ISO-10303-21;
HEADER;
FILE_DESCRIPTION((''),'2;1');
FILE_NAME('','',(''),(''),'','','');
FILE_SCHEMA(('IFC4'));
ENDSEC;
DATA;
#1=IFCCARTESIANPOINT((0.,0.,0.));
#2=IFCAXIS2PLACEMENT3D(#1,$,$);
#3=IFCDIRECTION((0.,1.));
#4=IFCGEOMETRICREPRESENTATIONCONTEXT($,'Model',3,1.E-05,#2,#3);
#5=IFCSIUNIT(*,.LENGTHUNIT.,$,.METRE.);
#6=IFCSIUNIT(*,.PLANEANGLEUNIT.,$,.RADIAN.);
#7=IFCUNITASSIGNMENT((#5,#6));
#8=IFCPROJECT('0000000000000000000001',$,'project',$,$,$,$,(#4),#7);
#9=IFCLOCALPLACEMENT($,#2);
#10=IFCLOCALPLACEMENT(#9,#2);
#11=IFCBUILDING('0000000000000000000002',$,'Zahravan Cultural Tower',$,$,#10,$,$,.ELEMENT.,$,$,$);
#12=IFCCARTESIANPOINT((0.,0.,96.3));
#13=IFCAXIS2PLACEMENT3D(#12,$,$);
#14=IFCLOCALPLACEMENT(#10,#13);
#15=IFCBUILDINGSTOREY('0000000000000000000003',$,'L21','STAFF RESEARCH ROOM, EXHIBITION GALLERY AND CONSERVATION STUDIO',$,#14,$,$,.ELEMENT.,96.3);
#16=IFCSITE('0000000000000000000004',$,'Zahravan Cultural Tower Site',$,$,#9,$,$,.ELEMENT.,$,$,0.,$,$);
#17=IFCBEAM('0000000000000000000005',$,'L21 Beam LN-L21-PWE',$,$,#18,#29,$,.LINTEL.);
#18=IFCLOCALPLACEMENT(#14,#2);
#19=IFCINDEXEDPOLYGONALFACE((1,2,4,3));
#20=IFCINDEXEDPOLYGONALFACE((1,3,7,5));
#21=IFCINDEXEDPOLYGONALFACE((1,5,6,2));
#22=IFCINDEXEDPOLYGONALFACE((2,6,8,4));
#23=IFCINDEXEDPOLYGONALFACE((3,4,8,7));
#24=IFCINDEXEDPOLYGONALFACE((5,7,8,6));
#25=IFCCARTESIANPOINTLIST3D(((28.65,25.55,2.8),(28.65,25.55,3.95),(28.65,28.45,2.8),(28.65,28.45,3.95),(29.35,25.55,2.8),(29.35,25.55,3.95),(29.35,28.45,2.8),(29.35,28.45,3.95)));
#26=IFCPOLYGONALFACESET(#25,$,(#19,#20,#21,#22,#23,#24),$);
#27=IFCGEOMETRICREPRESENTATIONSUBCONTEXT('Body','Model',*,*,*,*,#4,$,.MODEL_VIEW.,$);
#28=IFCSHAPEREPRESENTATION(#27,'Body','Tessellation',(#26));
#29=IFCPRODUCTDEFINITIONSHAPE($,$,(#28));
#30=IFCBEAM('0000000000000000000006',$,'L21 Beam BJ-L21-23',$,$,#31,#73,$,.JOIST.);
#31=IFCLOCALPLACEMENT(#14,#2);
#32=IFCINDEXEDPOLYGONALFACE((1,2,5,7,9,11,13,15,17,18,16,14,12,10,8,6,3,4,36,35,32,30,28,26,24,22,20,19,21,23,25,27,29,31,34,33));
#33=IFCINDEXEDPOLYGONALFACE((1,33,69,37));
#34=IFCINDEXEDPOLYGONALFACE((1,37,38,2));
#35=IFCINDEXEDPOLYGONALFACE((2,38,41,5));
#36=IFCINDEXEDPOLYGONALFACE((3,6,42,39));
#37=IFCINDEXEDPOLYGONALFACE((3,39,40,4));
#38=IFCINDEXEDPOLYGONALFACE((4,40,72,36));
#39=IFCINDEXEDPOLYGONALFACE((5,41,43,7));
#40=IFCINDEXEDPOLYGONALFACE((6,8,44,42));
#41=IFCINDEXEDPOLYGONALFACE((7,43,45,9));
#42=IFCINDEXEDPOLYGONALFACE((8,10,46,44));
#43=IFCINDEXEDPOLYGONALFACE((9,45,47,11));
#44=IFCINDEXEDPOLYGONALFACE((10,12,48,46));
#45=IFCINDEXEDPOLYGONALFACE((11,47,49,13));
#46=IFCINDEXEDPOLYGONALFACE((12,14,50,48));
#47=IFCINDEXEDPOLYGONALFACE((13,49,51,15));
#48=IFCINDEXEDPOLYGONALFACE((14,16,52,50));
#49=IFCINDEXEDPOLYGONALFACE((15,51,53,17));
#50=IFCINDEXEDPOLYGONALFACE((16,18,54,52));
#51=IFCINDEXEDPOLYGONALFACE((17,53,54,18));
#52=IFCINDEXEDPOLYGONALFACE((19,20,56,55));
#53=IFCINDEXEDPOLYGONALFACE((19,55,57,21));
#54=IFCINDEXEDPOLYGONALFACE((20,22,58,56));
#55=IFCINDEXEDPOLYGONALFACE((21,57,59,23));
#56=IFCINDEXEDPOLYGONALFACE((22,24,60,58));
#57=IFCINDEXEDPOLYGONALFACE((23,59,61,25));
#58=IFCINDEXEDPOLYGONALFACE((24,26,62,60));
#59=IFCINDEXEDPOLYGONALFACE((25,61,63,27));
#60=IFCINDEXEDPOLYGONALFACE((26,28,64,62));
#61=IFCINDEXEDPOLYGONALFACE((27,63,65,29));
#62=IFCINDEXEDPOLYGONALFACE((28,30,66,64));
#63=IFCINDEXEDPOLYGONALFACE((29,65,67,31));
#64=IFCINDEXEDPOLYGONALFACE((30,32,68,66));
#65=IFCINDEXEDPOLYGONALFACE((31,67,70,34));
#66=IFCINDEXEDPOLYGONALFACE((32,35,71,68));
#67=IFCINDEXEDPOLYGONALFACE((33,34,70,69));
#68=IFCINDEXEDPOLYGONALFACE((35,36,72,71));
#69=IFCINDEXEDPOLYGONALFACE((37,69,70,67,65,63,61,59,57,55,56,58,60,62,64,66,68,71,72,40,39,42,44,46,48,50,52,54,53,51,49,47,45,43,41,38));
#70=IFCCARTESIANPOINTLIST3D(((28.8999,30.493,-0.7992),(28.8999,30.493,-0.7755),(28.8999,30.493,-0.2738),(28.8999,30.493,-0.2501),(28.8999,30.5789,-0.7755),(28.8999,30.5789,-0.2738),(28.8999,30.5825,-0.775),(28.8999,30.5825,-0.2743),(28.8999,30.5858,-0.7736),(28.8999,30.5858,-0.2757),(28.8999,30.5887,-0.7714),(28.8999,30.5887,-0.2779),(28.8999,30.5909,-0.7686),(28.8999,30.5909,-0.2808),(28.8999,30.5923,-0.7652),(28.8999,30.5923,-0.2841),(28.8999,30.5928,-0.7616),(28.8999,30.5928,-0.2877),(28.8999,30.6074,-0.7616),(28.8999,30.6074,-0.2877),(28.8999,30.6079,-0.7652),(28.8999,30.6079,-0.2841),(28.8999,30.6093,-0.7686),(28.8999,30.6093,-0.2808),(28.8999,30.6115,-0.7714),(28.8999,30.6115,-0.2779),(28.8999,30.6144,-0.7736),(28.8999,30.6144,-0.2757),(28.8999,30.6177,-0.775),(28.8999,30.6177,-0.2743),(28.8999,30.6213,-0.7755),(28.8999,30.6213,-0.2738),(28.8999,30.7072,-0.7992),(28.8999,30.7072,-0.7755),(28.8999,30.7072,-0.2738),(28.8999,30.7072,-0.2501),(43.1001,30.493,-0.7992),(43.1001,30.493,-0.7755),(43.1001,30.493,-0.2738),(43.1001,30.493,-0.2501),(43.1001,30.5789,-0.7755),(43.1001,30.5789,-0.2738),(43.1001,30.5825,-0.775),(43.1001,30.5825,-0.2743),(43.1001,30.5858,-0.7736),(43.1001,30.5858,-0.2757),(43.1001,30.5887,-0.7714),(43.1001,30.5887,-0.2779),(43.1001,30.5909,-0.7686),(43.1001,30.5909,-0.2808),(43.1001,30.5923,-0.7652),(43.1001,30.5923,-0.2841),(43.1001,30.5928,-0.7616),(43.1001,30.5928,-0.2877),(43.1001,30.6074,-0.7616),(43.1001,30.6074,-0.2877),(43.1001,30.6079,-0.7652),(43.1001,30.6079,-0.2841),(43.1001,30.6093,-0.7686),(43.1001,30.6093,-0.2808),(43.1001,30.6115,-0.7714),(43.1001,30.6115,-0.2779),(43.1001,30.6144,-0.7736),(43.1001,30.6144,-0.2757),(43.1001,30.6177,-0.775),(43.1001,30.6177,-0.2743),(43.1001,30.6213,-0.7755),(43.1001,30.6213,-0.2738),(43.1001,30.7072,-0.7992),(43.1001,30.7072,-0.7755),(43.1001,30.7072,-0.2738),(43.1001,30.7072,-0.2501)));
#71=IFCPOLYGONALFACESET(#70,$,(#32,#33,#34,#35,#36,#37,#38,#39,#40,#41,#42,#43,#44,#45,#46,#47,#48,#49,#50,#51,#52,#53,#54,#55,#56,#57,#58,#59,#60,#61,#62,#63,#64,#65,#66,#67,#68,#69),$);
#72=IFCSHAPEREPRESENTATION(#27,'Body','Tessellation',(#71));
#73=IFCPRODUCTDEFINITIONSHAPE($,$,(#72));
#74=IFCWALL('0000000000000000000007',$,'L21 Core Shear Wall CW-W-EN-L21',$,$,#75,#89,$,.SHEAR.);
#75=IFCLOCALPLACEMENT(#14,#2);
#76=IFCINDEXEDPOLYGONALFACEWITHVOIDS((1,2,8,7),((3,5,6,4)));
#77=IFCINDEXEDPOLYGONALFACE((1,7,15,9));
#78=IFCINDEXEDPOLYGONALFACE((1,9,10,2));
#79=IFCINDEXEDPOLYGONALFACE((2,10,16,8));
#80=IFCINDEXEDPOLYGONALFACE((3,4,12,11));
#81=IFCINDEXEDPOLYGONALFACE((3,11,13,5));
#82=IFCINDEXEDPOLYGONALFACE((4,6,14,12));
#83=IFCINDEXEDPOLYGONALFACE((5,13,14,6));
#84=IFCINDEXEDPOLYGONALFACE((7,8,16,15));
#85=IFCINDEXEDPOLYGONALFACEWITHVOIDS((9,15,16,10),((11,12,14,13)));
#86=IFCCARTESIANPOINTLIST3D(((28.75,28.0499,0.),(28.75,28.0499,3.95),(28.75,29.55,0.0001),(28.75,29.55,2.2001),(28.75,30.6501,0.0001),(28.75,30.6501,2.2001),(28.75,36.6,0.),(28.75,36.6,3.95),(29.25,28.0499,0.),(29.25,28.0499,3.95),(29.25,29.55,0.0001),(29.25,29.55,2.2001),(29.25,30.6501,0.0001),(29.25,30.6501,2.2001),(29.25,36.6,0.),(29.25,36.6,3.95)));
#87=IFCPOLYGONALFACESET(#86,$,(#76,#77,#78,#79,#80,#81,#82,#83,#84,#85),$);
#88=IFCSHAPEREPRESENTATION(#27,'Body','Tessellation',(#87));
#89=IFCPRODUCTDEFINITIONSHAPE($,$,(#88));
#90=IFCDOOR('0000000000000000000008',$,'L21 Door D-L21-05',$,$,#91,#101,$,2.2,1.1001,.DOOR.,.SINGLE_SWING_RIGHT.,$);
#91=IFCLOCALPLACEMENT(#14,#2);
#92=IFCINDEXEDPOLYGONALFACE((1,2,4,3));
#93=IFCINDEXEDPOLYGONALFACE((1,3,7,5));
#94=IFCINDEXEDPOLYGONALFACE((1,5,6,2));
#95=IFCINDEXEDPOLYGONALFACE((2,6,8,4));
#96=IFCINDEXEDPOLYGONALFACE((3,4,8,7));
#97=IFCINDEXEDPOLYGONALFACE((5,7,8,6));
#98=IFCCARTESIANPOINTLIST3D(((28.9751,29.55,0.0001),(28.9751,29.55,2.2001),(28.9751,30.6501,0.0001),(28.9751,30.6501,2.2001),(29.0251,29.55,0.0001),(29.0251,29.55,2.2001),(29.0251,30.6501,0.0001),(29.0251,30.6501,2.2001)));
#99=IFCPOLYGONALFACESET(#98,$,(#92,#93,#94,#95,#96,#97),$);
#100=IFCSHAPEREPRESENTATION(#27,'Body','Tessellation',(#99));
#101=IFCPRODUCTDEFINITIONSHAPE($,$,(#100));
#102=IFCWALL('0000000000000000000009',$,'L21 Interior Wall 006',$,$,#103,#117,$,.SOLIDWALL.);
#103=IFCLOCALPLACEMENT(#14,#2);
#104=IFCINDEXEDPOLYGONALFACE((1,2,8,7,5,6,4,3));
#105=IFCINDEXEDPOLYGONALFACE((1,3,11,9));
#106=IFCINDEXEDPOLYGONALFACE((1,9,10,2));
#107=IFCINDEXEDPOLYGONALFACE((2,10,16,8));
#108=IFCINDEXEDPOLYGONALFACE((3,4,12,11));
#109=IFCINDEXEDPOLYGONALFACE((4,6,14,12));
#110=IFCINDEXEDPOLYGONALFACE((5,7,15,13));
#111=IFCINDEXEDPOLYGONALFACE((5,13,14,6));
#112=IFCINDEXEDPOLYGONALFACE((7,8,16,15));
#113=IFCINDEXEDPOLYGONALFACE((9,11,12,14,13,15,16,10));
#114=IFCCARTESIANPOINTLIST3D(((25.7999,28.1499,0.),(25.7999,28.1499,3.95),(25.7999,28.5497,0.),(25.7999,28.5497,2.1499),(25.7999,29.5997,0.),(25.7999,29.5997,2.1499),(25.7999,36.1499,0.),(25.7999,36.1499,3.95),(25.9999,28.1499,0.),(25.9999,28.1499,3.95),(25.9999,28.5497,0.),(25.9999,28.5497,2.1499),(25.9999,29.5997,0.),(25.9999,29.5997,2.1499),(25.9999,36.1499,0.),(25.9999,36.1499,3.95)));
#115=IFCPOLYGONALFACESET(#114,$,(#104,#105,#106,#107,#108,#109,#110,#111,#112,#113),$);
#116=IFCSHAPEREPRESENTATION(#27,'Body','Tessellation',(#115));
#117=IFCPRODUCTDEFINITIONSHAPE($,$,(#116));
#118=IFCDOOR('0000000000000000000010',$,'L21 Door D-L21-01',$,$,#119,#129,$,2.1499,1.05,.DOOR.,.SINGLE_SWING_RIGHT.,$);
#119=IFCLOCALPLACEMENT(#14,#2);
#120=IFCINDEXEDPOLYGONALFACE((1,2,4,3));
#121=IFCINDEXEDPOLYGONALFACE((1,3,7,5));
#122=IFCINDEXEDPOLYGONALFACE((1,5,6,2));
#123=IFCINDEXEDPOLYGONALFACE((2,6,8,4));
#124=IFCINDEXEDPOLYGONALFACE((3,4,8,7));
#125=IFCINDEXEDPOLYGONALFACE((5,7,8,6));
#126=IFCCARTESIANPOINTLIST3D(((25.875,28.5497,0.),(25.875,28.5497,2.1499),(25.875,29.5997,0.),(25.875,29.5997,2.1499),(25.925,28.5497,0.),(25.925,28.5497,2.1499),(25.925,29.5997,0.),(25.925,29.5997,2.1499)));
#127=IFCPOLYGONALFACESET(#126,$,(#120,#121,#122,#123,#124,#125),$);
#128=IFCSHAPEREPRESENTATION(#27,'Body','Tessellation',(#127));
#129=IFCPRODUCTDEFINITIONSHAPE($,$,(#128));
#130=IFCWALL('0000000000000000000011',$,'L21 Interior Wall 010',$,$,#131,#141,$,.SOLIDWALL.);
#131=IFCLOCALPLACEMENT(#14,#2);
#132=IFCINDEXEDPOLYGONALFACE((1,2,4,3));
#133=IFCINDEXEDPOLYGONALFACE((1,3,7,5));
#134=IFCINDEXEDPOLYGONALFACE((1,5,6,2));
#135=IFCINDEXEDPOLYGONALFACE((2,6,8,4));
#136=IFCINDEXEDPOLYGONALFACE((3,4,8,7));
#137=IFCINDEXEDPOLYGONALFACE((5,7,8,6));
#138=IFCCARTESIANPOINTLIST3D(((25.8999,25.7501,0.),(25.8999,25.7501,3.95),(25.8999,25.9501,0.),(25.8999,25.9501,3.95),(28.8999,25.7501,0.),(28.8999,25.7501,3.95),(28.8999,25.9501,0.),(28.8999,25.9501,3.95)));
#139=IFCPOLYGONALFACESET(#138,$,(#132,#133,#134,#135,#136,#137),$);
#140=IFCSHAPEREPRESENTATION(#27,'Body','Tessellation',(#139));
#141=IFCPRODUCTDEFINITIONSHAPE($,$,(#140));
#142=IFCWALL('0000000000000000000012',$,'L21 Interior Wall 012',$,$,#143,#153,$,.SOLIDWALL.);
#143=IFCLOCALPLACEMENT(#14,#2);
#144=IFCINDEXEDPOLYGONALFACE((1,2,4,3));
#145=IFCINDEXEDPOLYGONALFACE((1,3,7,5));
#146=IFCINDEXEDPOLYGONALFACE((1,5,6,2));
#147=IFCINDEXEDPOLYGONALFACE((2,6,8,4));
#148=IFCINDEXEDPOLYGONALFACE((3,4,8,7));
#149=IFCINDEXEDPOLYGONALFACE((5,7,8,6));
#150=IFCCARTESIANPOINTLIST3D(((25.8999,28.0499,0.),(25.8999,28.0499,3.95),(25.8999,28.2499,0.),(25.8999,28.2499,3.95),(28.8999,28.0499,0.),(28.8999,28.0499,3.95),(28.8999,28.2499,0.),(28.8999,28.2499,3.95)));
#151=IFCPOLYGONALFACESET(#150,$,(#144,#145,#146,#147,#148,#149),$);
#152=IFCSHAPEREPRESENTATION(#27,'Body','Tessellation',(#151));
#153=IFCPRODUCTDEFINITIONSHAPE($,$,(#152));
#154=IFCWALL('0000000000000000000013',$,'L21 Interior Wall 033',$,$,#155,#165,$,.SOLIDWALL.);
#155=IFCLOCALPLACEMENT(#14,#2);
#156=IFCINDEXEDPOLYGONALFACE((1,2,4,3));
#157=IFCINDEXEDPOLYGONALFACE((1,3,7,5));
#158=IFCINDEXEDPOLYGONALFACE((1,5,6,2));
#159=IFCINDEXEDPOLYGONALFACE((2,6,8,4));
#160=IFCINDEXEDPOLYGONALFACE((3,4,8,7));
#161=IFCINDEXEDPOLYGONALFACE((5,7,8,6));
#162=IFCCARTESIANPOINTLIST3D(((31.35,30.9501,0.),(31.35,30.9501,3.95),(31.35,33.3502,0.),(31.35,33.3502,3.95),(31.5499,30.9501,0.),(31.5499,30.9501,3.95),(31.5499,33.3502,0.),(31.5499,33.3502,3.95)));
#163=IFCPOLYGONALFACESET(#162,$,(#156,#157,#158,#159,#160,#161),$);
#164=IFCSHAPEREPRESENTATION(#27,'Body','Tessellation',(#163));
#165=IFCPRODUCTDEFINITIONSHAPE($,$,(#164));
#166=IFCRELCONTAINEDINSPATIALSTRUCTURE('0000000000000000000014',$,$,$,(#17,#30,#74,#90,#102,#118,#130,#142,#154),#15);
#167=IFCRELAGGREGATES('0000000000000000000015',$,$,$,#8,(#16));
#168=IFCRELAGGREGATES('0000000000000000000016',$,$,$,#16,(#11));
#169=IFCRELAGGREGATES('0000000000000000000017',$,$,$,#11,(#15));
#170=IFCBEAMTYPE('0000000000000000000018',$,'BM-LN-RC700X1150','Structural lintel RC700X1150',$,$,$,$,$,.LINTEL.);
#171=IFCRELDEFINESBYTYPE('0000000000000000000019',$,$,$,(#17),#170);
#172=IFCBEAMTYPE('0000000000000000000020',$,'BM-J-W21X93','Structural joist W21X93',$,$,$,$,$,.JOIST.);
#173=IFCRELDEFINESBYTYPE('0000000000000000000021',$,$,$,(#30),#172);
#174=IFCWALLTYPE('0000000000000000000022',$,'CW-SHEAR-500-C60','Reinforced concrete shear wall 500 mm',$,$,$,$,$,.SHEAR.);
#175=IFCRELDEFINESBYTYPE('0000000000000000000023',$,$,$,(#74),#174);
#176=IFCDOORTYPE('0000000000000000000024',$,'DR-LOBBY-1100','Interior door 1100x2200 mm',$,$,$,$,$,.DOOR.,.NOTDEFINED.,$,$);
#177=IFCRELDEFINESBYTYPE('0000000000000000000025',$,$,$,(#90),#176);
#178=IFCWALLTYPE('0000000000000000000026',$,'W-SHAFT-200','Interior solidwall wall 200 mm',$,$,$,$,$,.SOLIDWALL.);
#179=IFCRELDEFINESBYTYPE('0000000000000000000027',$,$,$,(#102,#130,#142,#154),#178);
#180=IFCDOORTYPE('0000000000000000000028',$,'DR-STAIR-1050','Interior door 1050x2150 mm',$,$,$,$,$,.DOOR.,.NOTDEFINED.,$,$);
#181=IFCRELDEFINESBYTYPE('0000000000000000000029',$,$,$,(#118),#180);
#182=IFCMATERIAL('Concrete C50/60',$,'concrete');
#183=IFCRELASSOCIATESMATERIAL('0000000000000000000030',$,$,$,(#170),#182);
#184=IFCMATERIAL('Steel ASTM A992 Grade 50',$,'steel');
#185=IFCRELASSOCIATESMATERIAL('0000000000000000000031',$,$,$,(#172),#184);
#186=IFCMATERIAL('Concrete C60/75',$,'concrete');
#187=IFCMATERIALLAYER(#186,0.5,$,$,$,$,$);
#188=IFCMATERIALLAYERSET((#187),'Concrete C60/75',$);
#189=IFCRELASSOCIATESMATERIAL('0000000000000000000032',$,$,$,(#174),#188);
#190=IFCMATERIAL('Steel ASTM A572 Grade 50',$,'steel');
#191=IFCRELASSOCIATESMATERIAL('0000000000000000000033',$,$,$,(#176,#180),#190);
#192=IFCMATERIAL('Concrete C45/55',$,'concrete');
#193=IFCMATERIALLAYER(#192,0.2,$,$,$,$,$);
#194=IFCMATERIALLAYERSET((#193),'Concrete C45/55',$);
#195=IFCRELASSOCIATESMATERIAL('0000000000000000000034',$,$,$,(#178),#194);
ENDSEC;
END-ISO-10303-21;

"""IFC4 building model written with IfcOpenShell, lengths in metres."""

from ifc_helpers import new_model, si_unit, direction, frame, frame_2d, origin, origin_2d, place, context, subcontext, project, spatial, rectangle, i_section, extrude, source, transform, mapped, material, layer, layer_set, material_profile, profile_set, type_object, element, fill, save


model = new_model("IFC4")

# Units and contexts
model_context = context("Model", 3, precision=1e-05, world=origin(), true_north=direction((0.0, 1.0)))
body_context = subcontext(model_context, "Body", "Model", "MODEL_VIEW")
ifc_project = project(units=[si_unit("LENGTHUNIT", "METRE"), si_unit("PLANEANGLEUNIT", "RADIAN")], contexts=[model_context])

# Site, building, storey
site_placement = place(None, origin())
site = spatial("IfcSite", under=ifc_project, at=site_placement, Name="Zahravan Cultural Tower Site", CompositionType="ELEMENT", RefElevation=0.0)
building_placement = place(site_placement, origin())
building = spatial("IfcBuilding", under=site, at=building_placement, Name="Zahravan Cultural Tower", CompositionType="ELEMENT")
storey_placement = place(building_placement, frame((0.0, 0.0, 96.3)))
storey = spatial("IfcBuildingStorey", under=building, at=storey_placement, Name="L21", Description="STAFF RESEARCH ROOM, EXHIBITION GALLERY AND CONSERVATION STUDIO", CompositionType="ELEMENT", Elevation=96.3)

# Beams
ifc_material_1 = material(Name="Concrete C50/60", Category="concrete")
ifc_material_profile_1 = material_profile(ifc_material_1, rectangle(XDim=0.7, YDim=1.1499, at=origin_2d()), Name="RC700X1150")
ifc_profile_set_1 = profile_set([ifc_material_profile_1], Name="Concrete C50/60")
beam_type_1 = type_object("IfcBeamType", Name="BM-LN-RC700X1150", Description="Structural lintel RC700X1150", PredefinedType="LINTEL", material=ifc_profile_set_1)
shared_shape_1 = source(origin(), body_context, "Body", "SweptSolid", [
    extrude(rectangle(XDim=0.7, YDim=1.1499, at=origin_2d()), origin(), (0.0, 0.0, 1.0), 2.8999),
])
beam_1_placement = place(storey_placement, frame((29.0, 25.55, 3.375), z_axis=(0.0, 1.0, 0.0), x_axis=(-1.0, 0.0, 0.0)))
element("IfcBeam", 1, at=beam_1_placement, inside=storey, type_object=beam_type_1, Name="L21 Beam LN-L21-PWE", PredefinedType="LINTEL", context=body_context, shape_type="MappedRepresentation", body=[
    mapped(shared_shape_1, transform((0.0, 0.0, 0.0), x_axis=(1.0, 0.0, 0.0), y_axis=(0.0, 1.0, 0.0), z_axis=(0.0, 0.0, 1.0), scale=1.0)),
])
ifc_material_2 = material(Name="Steel ASTM A992 Grade 50", Category="steel")
ifc_material_profile_2 = material_profile(ifc_material_2, i_section(OverallWidth=0.2141, OverallDepth=0.5491, WebThickness=0.0146, FlangeThickness=0.0237, FilletRadius=0.0139, at=origin_2d()), Name="W21X93")
ifc_profile_set_2 = profile_set([ifc_material_profile_2], Name="Steel ASTM A992 Grade 50")
beam_type_2 = type_object("IfcBeamType", Name="BM-J-W21X93", Description="Structural joist W21X93", PredefinedType="JOIST", material=ifc_profile_set_2)
shared_shape_2 = source(origin(), body_context, "Body", "SweptSolid", [
    extrude(i_section(OverallWidth=0.2141, OverallDepth=0.5491, WebThickness=0.0146, FlangeThickness=0.0237, FilletRadius=0.0139, at=origin_2d()), origin(), (0.0, 0.0, 1.0), 14.2002),
])
beam_2_placement = place(storey_placement, frame((28.8999, 30.6001, -0.5247), z_axis=(1.0, 0.0, 0.0), x_axis=(0.0, 1.0, 0.0)))
element("IfcBeam", 2, at=beam_2_placement, inside=storey, type_object=beam_type_2, Name="L21 Beam BJ-L21-23", PredefinedType="JOIST", context=body_context, shape_type="MappedRepresentation", body=[
    mapped(shared_shape_2, transform((0.0, 0.0, 0.0), x_axis=(1.0, 0.0, 0.0), y_axis=(0.0, 1.0, 0.0), z_axis=(0.0, 0.0, 1.0), scale=1.0)),
])

# Walls, openings, doors
ifc_material_3 = material(Name="Concrete C60/75", Category="concrete")
ifc_layer_1 = layer(ifc_material_3, 0.5)
ifc_layer_set_1 = layer_set([ifc_layer_1], Name="Concrete C60/75")
wall_type_1 = type_object("IfcWallType", Name="CW-SHEAR-500-C60", Description="Reinforced concrete shear wall 500 mm", PredefinedType="SHEAR", material=ifc_layer_set_1)
wall_1_placement = place(storey_placement, frame((29.0, 28.05, 0.0), z_axis=(0.0, 0.0, 1.0), x_axis=(0.0, 1.0, 0.0)))
wall_1 = element("IfcWall", 3, at=wall_1_placement, inside=storey, type_object=wall_type_1, Name="L21 Core Shear Wall CW-W-EN-L21", PredefinedType="SHEAR", context=body_context, shape_type="SweptSolid", body=[
    extrude(rectangle(XDim=8.55, YDim=0.5, at=frame_2d((4.2749, 0.0))), origin(), (0.0, 0.0, 1.0), 3.95),
])
opening_1_placement = place(wall_1_placement, frame((1.5, 0.0, 0.0)))
opening_1 = element("IfcOpeningElement", 4, at=opening_1_placement, cuts=wall_1, PredefinedType="OPENING", context=body_context, shape_type="SweptSolid", body=[
    extrude(rectangle(XDim=1.1001, YDim=2.2, at=frame_2d((0.55, 1.1001))), frame((0.0, 0.26, 0.0), z_axis=(0.0, -1.0, 0.0), x_axis=(1.0, 0.0, 0.0)), (0.0, 0.0, 1.0), 0.52),
])
ifc_material_4 = material(Name="Steel ASTM A572 Grade 50", Category="steel")
door_type_1 = type_object("IfcDoorType", Name="DR-LOBBY-1100", Description="Interior door 1100x2200 mm", OperationType="NOTDEFINED", PredefinedType="DOOR", material=ifc_material_4)
shared_shape_3 = source(origin(), body_context, "Body", "SweptSolid", [
    extrude(rectangle(XDim=1.1001, YDim=2.2, at=frame_2d((0.55, 1.1001))), frame((0.0, 0.0249, 0.0), z_axis=(0.0, -1.0, 0.0), x_axis=(1.0, 0.0, 0.0)), (0.0, 0.0, 1.0), 0.05),
])
door_1_placement = place(opening_1_placement, origin())
door_1 = element("IfcDoor", 5, at=door_1_placement, inside=storey, type_object=door_type_1, Name="L21 Door D-L21-05", OperationType="SINGLE_SWING_RIGHT", OverallHeight=2.2, OverallWidth=1.1001, PredefinedType="DOOR", context=body_context, shape_type="MappedRepresentation", body=[
    mapped(shared_shape_3, transform((0.0, 0.0, 0.0), x_axis=(1.0, 0.0, 0.0), y_axis=(0.0, 1.0, 0.0), z_axis=(0.0, 0.0, 1.0), scale=1.0)),
])
fill(opening_1, door_1)
ifc_material_5 = material(Name="Concrete C45/55", Category="concrete")
ifc_layer_2 = layer(ifc_material_5, 0.2)
ifc_layer_set_2 = layer_set([ifc_layer_2], Name="Concrete C45/55")
wall_type_2 = type_object("IfcWallType", Name="W-SHAFT-200", Description="Interior solidwall wall 200 mm", PredefinedType="SOLIDWALL", material=ifc_layer_set_2)
wall_2_placement = place(storey_placement, frame((25.8999, 28.1499, 0.0), z_axis=(0.0, 0.0, 1.0), x_axis=(0.0, 1.0, 0.0)))
wall_2 = element("IfcWall", 6, at=wall_2_placement, inside=storey, type_object=wall_type_2, Name="L21 Interior Wall 006", PredefinedType="SOLIDWALL", context=body_context, shape_type="SweptSolid", body=[
    extrude(rectangle(XDim=8.0, YDim=0.2, at=frame_2d((4.0, 0.0))), origin(), (0.0, 0.0, 1.0), 3.95),
])
opening_2_placement = place(wall_2_placement, frame((0.3999, 0.0, 0.0)))
opening_2 = element("IfcOpeningElement", 7, at=opening_2_placement, cuts=wall_2, PredefinedType="OPENING", context=body_context, shape_type="SweptSolid", body=[
    extrude(rectangle(XDim=1.05, YDim=2.1499, at=frame_2d((0.5249, 1.075))), frame((0.0, 0.1099, 0.0), z_axis=(0.0, -1.0, 0.0), x_axis=(1.0, 0.0, 0.0)), (0.0, 0.0, 1.0), 0.22),
])
door_type_2 = type_object("IfcDoorType", Name="DR-STAIR-1050", Description="Interior door 1050x2150 mm", OperationType="NOTDEFINED", PredefinedType="DOOR", material=ifc_material_4)
shared_shape_4 = source(origin(), body_context, "Body", "SweptSolid", [
    extrude(rectangle(XDim=1.05, YDim=2.1499, at=frame_2d((0.5249, 1.075))), frame((0.0, 0.0249, 0.0), z_axis=(0.0, -1.0, 0.0), x_axis=(1.0, 0.0, 0.0)), (0.0, 0.0, 1.0), 0.05),
])
door_2_placement = place(opening_2_placement, origin())
door_2 = element("IfcDoor", 8, at=door_2_placement, inside=storey, type_object=door_type_2, Name="L21 Door D-L21-01", OperationType="SINGLE_SWING_RIGHT", OverallHeight=2.1499, OverallWidth=1.05, PredefinedType="DOOR", context=body_context, shape_type="MappedRepresentation", body=[
    mapped(shared_shape_4, transform((0.0, 0.0, 0.0), x_axis=(1.0, 0.0, 0.0), y_axis=(0.0, 1.0, 0.0), z_axis=(0.0, 0.0, 1.0), scale=1.0)),
])
fill(opening_2, door_2)

# Walls
shared_shape_5 = source(origin(), body_context, "Body", "SweptSolid", [
    extrude(rectangle(XDim=3.0, YDim=0.2, at=frame_2d((1.5, 0.0))), origin(), (0.0, 0.0, 1.0), 3.95),
])
for number, where, z_axis, x_axis, name in (
    (9, (25.8999, 25.8501, 0.0), (0.0, 0.0, 1.0), (1.0, 0.0, 0.0), "L21 Interior Wall 010"),
    (10, (25.8999, 28.1499, 0.0), (0.0, 0.0, 1.0), (1.0, 0.0, 0.0), "L21 Interior Wall 012"),
):
    element("IfcWall", number, at=place(storey_placement, frame(where, z_axis=z_axis, x_axis=x_axis)), inside=storey, type_object=wall_type_2, Name=name, PredefinedType="SOLIDWALL", context=body_context, shape_type="MappedRepresentation", body=[
        mapped(shared_shape_5, transform((0.0, 0.0, 0.0), x_axis=(1.0, 0.0, 0.0), y_axis=(0.0, 1.0, 0.0), z_axis=(0.0, 0.0, 1.0), scale=1.0)),
    ])
shared_shape_6 = source(origin(), body_context, "Body", "SweptSolid", [
    extrude(rectangle(XDim=2.4001, YDim=0.2, at=frame_2d((1.2002, 0.0))), origin(), (0.0, 0.0, 1.0), 3.95),
])
for number, where, z_axis, x_axis, name in (
    (11, (31.45, 30.95, 0.0), (0.0, 0.0, 1.0), (0.0, 1.0, 0.0), "L21 Interior Wall 033"),
):
    element("IfcWall", number, at=place(storey_placement, frame(where, z_axis=z_axis, x_axis=x_axis)), inside=storey, type_object=wall_type_2, Name=name, PredefinedType="SOLIDWALL", context=body_context, shape_type="MappedRepresentation", body=[
        mapped(shared_shape_6, transform((0.0, 0.0, 0.0), x_axis=(1.0, 0.0, 0.0), y_axis=(0.0, 1.0, 0.0), z_axis=(0.0, 0.0, 1.0), scale=1.0)),
    ])

save(model, "model.ifc")
